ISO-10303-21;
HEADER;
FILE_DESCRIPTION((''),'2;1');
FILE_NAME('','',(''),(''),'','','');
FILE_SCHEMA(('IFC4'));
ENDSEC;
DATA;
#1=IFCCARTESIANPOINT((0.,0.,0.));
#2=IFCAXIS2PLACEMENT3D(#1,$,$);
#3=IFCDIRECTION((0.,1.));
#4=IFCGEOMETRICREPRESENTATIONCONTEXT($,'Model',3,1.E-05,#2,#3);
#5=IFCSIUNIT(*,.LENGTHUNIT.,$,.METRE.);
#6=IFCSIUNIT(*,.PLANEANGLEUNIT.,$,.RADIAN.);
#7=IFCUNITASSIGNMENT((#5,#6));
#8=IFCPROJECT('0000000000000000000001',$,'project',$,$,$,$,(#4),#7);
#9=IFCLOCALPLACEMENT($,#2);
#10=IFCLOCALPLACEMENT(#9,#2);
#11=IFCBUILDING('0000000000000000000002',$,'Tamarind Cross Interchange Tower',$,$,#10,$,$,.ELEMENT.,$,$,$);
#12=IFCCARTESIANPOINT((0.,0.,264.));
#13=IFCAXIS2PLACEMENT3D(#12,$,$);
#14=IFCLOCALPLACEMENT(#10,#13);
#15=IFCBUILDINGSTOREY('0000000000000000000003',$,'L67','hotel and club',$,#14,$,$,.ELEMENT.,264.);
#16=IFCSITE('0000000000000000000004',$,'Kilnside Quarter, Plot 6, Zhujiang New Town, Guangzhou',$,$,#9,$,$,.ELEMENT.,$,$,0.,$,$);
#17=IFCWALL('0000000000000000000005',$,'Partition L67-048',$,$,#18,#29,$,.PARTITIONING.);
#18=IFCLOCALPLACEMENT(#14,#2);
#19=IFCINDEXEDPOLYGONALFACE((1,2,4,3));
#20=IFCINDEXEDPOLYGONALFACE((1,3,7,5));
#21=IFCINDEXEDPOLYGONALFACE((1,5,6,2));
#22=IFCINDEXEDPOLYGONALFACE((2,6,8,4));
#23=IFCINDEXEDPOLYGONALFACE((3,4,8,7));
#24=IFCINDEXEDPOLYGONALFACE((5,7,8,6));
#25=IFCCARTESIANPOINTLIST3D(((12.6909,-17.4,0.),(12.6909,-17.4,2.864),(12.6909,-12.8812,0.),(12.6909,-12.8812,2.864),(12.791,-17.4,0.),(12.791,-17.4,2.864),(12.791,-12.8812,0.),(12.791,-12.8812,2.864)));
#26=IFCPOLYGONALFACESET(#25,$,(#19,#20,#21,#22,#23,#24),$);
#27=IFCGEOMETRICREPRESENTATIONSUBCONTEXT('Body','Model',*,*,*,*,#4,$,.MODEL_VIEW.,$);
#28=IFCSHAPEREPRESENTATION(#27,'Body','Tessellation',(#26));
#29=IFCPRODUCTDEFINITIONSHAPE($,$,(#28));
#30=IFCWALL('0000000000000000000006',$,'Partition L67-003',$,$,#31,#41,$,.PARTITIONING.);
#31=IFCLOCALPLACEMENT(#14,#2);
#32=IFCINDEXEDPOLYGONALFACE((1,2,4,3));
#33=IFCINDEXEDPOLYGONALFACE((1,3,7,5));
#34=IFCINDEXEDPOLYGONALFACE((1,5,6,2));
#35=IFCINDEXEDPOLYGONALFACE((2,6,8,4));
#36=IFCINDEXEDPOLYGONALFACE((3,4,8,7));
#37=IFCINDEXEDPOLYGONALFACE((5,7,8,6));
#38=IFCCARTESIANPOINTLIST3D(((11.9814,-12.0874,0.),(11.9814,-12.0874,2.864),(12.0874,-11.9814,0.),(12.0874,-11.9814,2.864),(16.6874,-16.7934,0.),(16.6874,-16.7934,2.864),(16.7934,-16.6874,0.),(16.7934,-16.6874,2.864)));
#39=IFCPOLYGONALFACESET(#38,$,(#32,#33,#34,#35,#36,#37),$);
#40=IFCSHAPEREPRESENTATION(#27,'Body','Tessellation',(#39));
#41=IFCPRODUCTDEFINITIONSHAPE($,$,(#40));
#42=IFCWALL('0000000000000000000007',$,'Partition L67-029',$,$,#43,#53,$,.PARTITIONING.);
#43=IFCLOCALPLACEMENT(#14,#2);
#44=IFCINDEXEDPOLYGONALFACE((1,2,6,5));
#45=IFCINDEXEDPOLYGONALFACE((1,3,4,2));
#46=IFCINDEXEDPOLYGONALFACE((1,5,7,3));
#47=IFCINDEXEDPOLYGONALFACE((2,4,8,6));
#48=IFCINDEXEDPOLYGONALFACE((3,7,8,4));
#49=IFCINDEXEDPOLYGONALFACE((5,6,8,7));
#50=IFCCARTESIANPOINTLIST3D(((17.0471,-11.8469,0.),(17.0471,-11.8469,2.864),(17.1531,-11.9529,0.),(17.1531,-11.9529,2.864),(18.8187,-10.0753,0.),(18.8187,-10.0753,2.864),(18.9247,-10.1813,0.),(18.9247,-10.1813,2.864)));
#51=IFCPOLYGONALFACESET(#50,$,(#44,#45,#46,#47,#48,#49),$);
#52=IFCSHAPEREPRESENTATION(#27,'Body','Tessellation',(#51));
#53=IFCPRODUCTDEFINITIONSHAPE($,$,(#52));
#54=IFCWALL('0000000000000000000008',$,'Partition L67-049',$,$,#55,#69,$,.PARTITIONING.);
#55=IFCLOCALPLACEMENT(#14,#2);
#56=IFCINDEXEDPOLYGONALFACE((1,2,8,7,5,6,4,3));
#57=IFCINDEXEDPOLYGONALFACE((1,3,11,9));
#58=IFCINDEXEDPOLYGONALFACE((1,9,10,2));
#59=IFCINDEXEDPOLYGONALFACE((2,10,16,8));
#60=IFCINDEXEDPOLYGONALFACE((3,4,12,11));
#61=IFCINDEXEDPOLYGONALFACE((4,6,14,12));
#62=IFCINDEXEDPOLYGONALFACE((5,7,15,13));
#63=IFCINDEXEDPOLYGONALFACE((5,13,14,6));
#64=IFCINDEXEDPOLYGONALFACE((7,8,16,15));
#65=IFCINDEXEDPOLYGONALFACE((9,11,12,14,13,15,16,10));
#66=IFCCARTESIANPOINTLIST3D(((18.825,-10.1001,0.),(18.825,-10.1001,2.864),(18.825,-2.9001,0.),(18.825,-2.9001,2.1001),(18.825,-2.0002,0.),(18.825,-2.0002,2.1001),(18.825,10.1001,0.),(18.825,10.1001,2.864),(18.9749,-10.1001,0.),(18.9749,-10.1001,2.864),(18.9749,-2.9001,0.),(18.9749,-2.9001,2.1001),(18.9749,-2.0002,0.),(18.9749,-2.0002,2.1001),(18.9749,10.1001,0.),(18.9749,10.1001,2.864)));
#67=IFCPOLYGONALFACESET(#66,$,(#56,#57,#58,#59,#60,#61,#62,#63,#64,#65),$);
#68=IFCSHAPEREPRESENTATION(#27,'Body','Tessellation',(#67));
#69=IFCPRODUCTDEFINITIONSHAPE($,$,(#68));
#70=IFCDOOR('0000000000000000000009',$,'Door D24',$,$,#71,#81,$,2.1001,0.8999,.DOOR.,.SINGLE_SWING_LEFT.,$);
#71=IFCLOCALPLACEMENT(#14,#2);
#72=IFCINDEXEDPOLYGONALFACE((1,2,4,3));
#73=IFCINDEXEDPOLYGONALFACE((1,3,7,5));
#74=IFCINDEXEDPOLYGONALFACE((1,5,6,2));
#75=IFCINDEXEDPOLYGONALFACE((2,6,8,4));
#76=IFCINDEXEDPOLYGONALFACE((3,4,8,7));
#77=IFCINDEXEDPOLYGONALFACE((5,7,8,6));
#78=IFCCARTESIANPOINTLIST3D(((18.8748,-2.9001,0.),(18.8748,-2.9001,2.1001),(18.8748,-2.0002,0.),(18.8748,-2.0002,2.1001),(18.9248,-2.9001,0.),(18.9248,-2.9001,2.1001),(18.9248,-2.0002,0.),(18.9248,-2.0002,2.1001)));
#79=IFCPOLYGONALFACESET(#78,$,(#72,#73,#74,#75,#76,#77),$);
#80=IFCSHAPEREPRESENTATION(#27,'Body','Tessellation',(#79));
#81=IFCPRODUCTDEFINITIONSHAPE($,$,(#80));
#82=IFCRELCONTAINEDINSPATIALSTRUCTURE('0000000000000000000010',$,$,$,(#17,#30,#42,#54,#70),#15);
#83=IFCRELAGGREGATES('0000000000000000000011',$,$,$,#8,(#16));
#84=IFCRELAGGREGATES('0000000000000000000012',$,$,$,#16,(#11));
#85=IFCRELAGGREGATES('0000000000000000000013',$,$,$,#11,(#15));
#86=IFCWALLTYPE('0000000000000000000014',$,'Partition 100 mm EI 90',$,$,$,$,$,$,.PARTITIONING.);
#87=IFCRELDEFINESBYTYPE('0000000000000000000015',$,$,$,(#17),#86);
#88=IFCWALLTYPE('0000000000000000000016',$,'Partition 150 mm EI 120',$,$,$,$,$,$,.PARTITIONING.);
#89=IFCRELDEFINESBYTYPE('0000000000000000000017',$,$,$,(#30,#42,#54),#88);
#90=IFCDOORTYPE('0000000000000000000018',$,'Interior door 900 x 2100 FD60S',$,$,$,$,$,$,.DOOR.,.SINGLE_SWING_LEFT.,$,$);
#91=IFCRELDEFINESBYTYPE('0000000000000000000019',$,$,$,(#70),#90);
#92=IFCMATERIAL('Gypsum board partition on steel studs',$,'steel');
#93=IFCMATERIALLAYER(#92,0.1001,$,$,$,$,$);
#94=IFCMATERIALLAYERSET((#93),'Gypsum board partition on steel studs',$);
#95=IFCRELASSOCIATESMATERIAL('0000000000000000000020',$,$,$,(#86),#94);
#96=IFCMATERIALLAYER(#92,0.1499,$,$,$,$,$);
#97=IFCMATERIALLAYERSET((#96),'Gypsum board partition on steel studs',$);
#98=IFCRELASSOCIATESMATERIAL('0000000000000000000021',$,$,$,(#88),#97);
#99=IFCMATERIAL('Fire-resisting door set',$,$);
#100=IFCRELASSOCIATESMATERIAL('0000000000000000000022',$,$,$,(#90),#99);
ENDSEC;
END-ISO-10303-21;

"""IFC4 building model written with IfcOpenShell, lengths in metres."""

from ifc_helpers import new_model, si_unit, direction, frame, frame_2d, origin, place, context, subcontext, project, spatial, rectangle, extrude, material, layer, layer_set, type_object, element, fill, save


model = new_model("IFC4")

# Units and contexts
model_context = context("Model", 3, precision=1e-05, world=origin(), true_north=direction((0.0, 1.0)))
body_context = subcontext(model_context, "Body", "Model", "MODEL_VIEW")
ifc_project = project(units=[si_unit("LENGTHUNIT", "METRE"), si_unit("PLANEANGLEUNIT", "RADIAN")], contexts=[model_context])

# Site, building, storey
site_placement = place(None, origin())
site = spatial("IfcSite", under=ifc_project, at=site_placement, Name="Kilnside Quarter, Plot 6, Zhujiang New Town, Guangzhou", CompositionType="ELEMENT", RefElevation=0.0)
building_placement = place(site_placement, origin())
building = spatial("IfcBuilding", under=site, at=building_placement, Name="Tamarind Cross Interchange Tower", CompositionType="ELEMENT")
storey_placement = place(building_placement, frame((0.0, 0.0, 264.0)))
storey = spatial("IfcBuildingStorey", under=building, at=storey_placement, Name="L67", Description="hotel and club", CompositionType="ELEMENT", Elevation=264.0)

# Walls
ifc_material_1 = material(Name="Gypsum board partition on steel studs", Category="steel")
ifc_layer_1 = layer(ifc_material_1, 0.1001)
ifc_layer_set_1 = layer_set([ifc_layer_1], Name="Gypsum board partition on steel studs")
wall_type_1 = type_object("IfcWallType", Name="Partition 100 mm EI 90", PredefinedType="PARTITIONING", material=ifc_layer_set_1)
wall_1_placement = place(storey_placement, frame((12.741, -17.3999, 0.0), z_axis=(0.0, 0.0, 1.0), x_axis=(0.0, 1.0, 0.0)))
element("IfcWall", 1, at=wall_1_placement, inside=storey, type_object=wall_type_1, Name="Partition L67-048", PredefinedType="PARTITIONING", context=body_context, shape_type="SweptSolid", body=[
    extrude(rectangle(XDim=4.5188, YDim=0.1001, at=frame_2d((2.2593, 0.0))), origin(), (0.0, 0.0, 1.0), 2.864),
])
ifc_layer_2 = layer(ifc_material_1, 0.1499)
ifc_layer_set_2 = layer_set([ifc_layer_2], Name="Gypsum board partition on steel studs")
wall_type_2 = type_object("IfcWallType", Name="Partition 150 mm EI 120", PredefinedType="PARTITIONING", material=ifc_layer_set_2)
wall_2_placement = place(storey_placement, frame((12.0344, -12.0344, 0.0), z_axis=(0.0, 0.0, 1.0), x_axis=(0.707107, -0.707107, 0.0)))
element("IfcWall", 2, at=wall_2_placement, inside=storey, type_object=wall_type_2, Name="Partition L67-003", PredefinedType="PARTITIONING", context=body_context, shape_type="SweptSolid", body=[
    extrude(rectangle(XDim=6.6553, YDim=0.1499, at=frame_2d((3.3276, 0.0))), origin(), (0.0, 0.0, 1.0), 2.864),
])
wall_3_placement = place(storey_placement, frame((17.1001, -11.8999, 0.0), z_axis=(0.0, 0.0, 1.0), x_axis=(0.707107, 0.707107, 0.0)))
element("IfcWall", 3, at=wall_3_placement, inside=storey, type_object=wall_type_2, Name="Partition L67-029", PredefinedType="PARTITIONING", context=body_context, shape_type="SweptSolid", body=[
    extrude(rectangle(XDim=2.5054, YDim=0.1499, at=frame_2d((1.2527, 0.0))), origin(), (0.0, 0.0, 1.0), 2.864),
])

# Wall, opening, door
wall_4_placement = place(storey_placement, frame((18.8999, -10.1001, 0.0), z_axis=(0.0, 0.0, 1.0), x_axis=(0.0, 1.0, 0.0)))
wall_4 = element("IfcWall", 4, at=wall_4_placement, inside=storey, type_object=wall_type_2, Name="Partition L67-049", PredefinedType="PARTITIONING", context=body_context, shape_type="SweptSolid", body=[
    extrude(rectangle(XDim=20.2002, YDim=0.1499, at=frame_2d((10.1001, 0.0))), origin(), (0.0, 0.0, 1.0), 2.864),
])
opening_1_placement = place(wall_4_placement, frame((7.2, 0.0, 0.0)))
opening_1 = element("IfcOpeningElement", 5, at=opening_1_placement, cuts=wall_4, PredefinedType="OPENING", context=body_context, shape_type="SweptSolid", body=[
    extrude(rectangle(XDim=0.8999, YDim=2.1001, at=frame_2d((0.45, 1.05))), frame((0.0, 0.085, 0.0), z_axis=(0.0, -1.0, 0.0), x_axis=(1.0, 0.0, 0.0)), (0.0, 0.0, 1.0), 0.1699),
])
ifc_material_2 = material(Name="Fire-resisting door set")
door_type_1 = type_object("IfcDoorType", Name="Interior door 900 x 2100 FD60S", OperationType="SINGLE_SWING_LEFT", PredefinedType="DOOR", material=ifc_material_2)
door_1_placement = place(opening_1_placement, frame((0.8999, 0.0, 0.0), z_axis=(0.0, 0.0, 1.0), x_axis=(-1.0, 0.0, 0.0)))
door_1 = element("IfcDoor", 6, at=door_1_placement, inside=storey, type_object=door_type_1, Name="Door D24", OperationType="SINGLE_SWING_LEFT", OverallHeight=2.1001, OverallWidth=0.8999, PredefinedType="DOOR", context=body_context, shape_type="SweptSolid", body=[
    extrude(rectangle(XDim=0.8999, YDim=2.1001, at=frame_2d((0.45, 1.05))), frame((0.0, 0.0249, 0.0), z_axis=(0.0, -1.0, 0.0), x_axis=(1.0, 0.0, 0.0)), (0.0, 0.0, 1.0), 0.05),
])
fill(opening_1, door_1)

save(model, "model.ifc")
